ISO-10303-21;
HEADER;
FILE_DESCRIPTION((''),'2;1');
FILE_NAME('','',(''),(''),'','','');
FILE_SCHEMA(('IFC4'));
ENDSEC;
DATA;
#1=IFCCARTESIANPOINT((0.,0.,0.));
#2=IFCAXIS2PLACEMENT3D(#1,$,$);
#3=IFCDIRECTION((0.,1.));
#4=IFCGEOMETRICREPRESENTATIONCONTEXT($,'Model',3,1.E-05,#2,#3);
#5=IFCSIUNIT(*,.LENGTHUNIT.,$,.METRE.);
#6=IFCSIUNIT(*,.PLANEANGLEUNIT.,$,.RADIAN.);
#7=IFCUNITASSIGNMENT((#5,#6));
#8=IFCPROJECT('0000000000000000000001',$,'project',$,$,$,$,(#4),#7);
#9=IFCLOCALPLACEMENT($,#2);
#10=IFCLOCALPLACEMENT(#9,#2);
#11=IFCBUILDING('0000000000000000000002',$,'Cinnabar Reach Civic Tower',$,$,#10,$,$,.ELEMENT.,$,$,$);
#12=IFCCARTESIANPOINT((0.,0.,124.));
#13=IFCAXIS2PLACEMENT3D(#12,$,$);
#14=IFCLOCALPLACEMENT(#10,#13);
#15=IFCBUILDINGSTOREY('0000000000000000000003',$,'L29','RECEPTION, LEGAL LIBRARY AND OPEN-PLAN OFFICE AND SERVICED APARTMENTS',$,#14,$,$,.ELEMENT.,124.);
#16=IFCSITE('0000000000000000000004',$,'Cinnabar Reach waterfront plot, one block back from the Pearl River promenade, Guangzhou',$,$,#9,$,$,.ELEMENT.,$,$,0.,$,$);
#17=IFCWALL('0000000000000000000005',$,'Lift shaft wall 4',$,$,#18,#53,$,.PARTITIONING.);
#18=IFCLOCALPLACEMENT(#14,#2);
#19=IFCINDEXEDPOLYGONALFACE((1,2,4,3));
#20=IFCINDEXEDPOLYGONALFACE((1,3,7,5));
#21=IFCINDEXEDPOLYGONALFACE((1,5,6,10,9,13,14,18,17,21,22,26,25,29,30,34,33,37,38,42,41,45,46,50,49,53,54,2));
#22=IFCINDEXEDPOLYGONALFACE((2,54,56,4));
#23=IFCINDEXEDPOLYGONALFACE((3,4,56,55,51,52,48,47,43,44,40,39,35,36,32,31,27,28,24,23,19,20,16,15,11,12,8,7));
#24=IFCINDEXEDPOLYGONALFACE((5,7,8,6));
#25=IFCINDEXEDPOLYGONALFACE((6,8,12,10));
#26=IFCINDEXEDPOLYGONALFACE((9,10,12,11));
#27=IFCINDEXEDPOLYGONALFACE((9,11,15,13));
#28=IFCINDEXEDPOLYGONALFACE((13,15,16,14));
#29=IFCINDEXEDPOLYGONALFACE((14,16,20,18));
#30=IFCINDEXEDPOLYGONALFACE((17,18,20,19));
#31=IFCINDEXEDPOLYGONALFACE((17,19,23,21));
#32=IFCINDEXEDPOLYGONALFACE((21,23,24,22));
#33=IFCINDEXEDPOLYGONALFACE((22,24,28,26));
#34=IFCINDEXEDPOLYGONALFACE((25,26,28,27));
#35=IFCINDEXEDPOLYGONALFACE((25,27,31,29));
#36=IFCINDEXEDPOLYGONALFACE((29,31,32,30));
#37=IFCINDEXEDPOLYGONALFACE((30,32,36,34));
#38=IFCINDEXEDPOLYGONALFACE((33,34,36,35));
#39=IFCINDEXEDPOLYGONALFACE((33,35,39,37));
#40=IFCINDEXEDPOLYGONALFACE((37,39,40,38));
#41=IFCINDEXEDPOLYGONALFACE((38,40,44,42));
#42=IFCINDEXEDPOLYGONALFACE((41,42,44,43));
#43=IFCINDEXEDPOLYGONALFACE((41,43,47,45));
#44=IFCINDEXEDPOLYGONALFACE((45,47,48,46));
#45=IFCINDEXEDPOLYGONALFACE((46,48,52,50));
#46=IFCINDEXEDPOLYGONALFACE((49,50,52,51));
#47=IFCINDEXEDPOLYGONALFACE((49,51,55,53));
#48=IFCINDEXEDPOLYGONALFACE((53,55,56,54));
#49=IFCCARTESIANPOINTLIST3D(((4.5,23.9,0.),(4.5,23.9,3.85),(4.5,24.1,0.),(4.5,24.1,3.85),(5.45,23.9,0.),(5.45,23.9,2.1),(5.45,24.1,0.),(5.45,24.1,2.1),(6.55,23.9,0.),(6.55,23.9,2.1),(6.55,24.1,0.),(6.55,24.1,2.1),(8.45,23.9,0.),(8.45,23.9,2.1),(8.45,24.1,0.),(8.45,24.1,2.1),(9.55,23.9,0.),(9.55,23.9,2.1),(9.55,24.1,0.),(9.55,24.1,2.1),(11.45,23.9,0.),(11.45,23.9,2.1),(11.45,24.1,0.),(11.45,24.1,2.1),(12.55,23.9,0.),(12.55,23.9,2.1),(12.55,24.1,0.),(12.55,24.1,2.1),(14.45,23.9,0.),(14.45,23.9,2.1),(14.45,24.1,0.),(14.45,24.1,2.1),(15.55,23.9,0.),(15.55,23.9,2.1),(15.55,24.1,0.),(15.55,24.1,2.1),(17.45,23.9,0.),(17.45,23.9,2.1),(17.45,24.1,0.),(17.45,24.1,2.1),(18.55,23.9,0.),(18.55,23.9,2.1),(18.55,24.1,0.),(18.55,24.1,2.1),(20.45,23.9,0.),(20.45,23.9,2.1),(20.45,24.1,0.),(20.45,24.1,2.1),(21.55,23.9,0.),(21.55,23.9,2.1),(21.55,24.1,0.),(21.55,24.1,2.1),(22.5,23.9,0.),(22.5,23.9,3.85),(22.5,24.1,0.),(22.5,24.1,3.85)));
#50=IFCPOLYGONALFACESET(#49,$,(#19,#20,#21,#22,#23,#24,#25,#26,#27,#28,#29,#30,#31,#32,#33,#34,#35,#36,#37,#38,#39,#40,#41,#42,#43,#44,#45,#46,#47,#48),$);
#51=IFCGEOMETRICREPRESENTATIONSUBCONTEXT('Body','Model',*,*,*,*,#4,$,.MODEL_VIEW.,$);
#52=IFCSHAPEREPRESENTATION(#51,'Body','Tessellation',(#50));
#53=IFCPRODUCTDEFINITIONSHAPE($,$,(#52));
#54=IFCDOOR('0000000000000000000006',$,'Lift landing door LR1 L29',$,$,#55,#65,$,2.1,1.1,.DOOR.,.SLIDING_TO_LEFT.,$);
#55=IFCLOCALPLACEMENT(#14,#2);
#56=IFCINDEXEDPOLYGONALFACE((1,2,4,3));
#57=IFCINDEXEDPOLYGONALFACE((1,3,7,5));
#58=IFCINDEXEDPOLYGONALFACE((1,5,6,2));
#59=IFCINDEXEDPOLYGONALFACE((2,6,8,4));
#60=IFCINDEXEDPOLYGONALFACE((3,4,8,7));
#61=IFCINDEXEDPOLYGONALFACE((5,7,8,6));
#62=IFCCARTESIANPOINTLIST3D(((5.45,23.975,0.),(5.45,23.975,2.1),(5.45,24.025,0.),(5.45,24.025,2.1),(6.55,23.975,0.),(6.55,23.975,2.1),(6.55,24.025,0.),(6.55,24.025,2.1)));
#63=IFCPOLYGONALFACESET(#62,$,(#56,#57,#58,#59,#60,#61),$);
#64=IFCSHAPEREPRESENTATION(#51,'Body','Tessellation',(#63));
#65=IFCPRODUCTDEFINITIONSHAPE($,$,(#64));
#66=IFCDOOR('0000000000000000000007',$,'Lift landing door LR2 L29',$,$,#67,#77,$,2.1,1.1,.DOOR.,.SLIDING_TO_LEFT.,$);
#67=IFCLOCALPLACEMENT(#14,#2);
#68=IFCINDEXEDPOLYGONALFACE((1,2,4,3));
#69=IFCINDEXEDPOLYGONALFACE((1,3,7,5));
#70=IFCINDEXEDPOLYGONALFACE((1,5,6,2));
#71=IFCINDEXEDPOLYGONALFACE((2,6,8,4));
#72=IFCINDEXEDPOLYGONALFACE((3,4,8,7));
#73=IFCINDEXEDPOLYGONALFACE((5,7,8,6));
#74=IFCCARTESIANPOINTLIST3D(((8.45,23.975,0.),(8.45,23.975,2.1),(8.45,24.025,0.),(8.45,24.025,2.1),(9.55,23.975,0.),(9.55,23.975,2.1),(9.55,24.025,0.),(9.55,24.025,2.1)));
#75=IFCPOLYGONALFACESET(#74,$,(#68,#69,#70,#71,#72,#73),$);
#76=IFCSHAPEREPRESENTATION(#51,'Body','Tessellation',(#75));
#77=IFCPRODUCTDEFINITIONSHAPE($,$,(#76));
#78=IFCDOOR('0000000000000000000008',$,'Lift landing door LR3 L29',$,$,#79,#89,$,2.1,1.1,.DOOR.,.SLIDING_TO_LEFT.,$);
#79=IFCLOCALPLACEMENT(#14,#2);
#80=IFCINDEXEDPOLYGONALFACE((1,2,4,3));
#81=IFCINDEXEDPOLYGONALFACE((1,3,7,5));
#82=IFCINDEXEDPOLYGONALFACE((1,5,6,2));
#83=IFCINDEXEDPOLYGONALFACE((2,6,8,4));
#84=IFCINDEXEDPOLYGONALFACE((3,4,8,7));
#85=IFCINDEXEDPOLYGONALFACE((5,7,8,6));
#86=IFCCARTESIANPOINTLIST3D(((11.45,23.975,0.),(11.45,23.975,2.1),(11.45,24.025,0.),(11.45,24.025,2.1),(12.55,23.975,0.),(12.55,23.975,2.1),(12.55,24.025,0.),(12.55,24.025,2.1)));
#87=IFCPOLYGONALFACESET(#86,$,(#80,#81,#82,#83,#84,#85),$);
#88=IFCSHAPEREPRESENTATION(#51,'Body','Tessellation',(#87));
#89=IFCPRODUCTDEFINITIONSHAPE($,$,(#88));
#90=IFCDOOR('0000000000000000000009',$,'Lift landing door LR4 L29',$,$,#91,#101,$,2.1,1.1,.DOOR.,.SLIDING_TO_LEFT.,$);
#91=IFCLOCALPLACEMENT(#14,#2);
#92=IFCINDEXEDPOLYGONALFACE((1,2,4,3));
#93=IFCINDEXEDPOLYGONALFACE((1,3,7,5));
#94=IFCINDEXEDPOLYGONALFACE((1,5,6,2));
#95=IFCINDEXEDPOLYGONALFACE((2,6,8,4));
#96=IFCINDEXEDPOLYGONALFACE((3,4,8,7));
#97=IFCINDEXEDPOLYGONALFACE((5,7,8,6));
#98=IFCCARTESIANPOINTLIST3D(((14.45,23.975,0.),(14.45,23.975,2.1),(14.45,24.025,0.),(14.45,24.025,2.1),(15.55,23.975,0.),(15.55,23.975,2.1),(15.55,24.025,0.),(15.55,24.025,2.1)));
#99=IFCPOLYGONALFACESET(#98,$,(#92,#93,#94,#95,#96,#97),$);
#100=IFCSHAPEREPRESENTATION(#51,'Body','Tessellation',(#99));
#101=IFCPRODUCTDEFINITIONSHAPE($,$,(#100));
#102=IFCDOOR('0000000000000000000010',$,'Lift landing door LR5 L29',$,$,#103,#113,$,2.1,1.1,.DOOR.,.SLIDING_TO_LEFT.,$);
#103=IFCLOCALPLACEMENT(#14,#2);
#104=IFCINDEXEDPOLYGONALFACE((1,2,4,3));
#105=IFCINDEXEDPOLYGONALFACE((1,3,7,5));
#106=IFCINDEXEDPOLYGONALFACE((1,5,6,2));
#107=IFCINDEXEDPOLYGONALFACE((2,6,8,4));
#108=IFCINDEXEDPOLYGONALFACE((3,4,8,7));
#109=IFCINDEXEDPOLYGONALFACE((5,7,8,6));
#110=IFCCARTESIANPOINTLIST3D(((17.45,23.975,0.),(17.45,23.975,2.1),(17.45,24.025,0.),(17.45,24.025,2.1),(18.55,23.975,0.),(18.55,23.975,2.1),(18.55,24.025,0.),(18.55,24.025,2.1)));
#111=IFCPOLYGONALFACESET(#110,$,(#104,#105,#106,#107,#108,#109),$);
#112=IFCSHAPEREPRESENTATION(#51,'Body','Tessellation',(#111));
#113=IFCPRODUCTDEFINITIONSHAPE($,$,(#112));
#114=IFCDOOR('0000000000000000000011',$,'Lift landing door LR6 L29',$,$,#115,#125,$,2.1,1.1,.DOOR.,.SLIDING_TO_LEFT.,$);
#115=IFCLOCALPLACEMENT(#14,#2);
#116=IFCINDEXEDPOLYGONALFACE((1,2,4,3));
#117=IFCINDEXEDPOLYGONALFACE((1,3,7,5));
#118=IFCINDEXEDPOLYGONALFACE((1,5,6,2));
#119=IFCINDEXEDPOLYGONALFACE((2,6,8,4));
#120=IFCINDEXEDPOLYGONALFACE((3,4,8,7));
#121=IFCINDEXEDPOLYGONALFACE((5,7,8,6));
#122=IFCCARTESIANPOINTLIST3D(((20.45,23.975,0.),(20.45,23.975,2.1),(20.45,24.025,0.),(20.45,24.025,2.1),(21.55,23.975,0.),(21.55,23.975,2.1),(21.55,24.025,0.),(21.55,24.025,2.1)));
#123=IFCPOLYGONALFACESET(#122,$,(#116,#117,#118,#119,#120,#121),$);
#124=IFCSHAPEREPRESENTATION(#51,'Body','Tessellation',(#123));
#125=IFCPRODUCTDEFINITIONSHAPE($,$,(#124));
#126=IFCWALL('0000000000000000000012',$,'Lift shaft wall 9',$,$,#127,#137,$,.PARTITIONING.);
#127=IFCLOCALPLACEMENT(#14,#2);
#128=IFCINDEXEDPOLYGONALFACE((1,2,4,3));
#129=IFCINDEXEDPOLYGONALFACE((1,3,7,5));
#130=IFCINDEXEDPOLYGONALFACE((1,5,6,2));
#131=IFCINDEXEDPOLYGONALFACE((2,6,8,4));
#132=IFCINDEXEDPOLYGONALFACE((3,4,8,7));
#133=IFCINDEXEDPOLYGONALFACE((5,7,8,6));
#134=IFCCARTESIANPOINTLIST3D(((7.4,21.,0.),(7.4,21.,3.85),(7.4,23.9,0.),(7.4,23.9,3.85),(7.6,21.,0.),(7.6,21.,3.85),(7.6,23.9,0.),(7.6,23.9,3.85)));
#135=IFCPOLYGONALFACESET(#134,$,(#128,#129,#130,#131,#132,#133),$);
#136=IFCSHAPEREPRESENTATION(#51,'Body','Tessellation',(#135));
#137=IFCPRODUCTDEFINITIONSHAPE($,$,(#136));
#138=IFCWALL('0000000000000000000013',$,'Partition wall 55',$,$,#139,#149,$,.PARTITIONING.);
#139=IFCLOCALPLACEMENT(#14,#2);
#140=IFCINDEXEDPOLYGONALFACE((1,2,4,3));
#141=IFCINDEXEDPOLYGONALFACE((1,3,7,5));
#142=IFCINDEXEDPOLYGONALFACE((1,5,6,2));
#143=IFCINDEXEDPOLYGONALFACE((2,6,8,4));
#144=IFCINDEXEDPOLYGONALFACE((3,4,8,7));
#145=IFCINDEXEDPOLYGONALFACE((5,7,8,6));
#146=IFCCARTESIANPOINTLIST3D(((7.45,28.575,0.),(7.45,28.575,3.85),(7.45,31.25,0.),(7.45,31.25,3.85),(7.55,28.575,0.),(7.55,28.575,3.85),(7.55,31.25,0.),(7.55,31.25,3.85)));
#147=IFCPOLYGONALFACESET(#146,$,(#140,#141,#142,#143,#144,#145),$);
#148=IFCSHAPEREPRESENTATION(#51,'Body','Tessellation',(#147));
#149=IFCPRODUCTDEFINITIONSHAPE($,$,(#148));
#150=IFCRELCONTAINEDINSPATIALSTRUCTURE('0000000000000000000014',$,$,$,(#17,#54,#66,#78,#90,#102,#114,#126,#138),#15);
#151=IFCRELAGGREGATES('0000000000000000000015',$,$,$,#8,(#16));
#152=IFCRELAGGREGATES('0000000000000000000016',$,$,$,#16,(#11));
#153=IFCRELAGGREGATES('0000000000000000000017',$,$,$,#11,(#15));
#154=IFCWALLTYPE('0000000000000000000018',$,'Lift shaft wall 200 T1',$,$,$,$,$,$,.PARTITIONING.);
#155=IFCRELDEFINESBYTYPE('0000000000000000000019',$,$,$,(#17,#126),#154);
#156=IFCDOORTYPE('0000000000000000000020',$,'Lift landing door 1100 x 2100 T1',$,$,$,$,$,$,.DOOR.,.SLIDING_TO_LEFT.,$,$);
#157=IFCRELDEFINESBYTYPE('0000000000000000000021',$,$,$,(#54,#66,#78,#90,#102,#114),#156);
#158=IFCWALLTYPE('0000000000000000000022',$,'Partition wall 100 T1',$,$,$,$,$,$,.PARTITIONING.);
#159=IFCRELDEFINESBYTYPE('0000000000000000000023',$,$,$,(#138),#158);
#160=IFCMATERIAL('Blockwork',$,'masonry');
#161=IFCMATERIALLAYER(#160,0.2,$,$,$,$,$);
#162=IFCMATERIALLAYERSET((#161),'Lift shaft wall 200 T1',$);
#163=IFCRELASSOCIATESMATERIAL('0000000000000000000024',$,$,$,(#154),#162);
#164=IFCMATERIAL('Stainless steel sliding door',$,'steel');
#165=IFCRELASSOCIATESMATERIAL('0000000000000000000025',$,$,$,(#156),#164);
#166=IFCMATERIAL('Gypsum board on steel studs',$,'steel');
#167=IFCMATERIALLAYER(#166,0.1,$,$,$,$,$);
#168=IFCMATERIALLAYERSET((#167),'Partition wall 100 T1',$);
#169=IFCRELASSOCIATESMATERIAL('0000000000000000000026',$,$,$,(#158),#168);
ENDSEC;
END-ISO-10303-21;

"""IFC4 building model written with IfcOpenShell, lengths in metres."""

from ifc_helpers import new_model, si_unit, direction, frame, frame_2d, origin, place, context, subcontext, project, spatial, rectangle, extrude, material, layer, layer_set, type_object, element, fill, save


model = new_model("IFC4")

# Units and contexts
model_context = context("Model", 3, precision=1e-05, world=origin(), true_north=direction((0.0, 1.0)))
body_context = subcontext(model_context, "Body", "Model", "MODEL_VIEW")
ifc_project = project(units=[si_unit("LENGTHUNIT", "METRE"), si_unit("PLANEANGLEUNIT", "RADIAN")], contexts=[model_context])

# Site, building, storey
site_placement = place(None, origin())
site = spatial("IfcSite", under=ifc_project, at=site_placement, Name="Cinnabar Reach waterfront plot, one block back from the Pearl River promenade, Guangzhou", CompositionType="ELEMENT", RefElevation=0.0)
building_placement = place(site_placement, origin())
building = spatial("IfcBuilding", under=site, at=building_placement, Name="Cinnabar Reach Civic Tower", CompositionType="ELEMENT")
storey_placement = place(building_placement, frame((0.0, 0.0, 124.0)))
storey = spatial("IfcBuildingStorey", under=building, at=storey_placement, Name="L29", Description="RECEPTION, LEGAL LIBRARY AND OPEN-PLAN OFFICE AND SERVICED APARTMENTS", CompositionType="ELEMENT", Elevation=124.0)

# Wall, openings, doors
ifc_material_1 = material(Name="Blockwork", Category="masonry")
ifc_layer_1 = layer(ifc_material_1, 0.2)
ifc_layer_set_1 = layer_set([ifc_layer_1], Name="Lift shaft wall 200 T1")
wall_type_1 = type_object("IfcWallType", Name="Lift shaft wall 200 T1", PredefinedType="PARTITIONING", material=ifc_layer_set_1)
wall_1_placement = place(storey_placement, frame((4.5, 24.0, 0.0), z_axis=(0.0, 0.0, 1.0), x_axis=(1.0, 0.0, 0.0)))
wall_1 = element("IfcWall", 1, at=wall_1_placement, inside=storey, type_object=wall_type_1, Name="Lift shaft wall 4", PredefinedType="PARTITIONING", context=body_context, shape_type="SweptSolid", body=[
    extrude(rectangle(XDim=18.0, YDim=0.2, at=frame_2d((9.0, 0.0))), origin(), (0.0, 0.0, 1.0), 3.85),
])
opening_1_placement = place(wall_1_placement, frame((0.95, 0.0, 0.0)))
opening_1 = element("IfcOpeningElement", 2, at=opening_1_placement, cuts=wall_1, PredefinedType="OPENING", context=body_context, shape_type="SweptSolid", body=[
    extrude(rectangle(XDim=1.1, YDim=2.1, at=frame_2d((0.55, 1.05))), frame((0.0, 0.11, 0.0), z_axis=(0.0, -1.0, 0.0), x_axis=(1.0, 0.0, 0.0)), (0.0, 0.0, 1.0), 0.22),
])
opening_2_placement = place(wall_1_placement, frame((3.95, 0.0, 0.0)))
opening_2 = element("IfcOpeningElement", 3, at=opening_2_placement, cuts=wall_1, PredefinedType="OPENING", context=body_context, shape_type="SweptSolid", body=[
    extrude(rectangle(XDim=1.1, YDim=2.1, at=frame_2d((0.55, 1.05))), frame((0.0, 0.11, 0.0), z_axis=(0.0, -1.0, 0.0), x_axis=(1.0, 0.0, 0.0)), (0.0, 0.0, 1.0), 0.22),
])
opening_3_placement = place(wall_1_placement, frame((6.95, 0.0, 0.0)))
opening_3 = element("IfcOpeningElement", 4, at=opening_3_placement, cuts=wall_1, PredefinedType="OPENING", context=body_context, shape_type="SweptSolid", body=[
    extrude(rectangle(XDim=1.1, YDim=2.1, at=frame_2d((0.55, 1.05))), frame((0.0, 0.11, 0.0), z_axis=(0.0, -1.0, 0.0), x_axis=(1.0, 0.0, 0.0)), (0.0, 0.0, 1.0), 0.22),
])
opening_4_placement = place(wall_1_placement, frame((9.95, 0.0, 0.0)))
opening_4 = element("IfcOpeningElement", 5, at=opening_4_placement, cuts=wall_1, PredefinedType="OPENING", context=body_context, shape_type="SweptSolid", body=[
    extrude(rectangle(XDim=1.1, YDim=2.1, at=frame_2d((0.55, 1.05))), frame((0.0, 0.11, 0.0), z_axis=(0.0, -1.0, 0.0), x_axis=(1.0, 0.0, 0.0)), (0.0, 0.0, 1.0), 0.22),
])
opening_5_placement = place(wall_1_placement, frame((12.95, 0.0, 0.0)))
opening_5 = element("IfcOpeningElement", 6, at=opening_5_placement, cuts=wall_1, PredefinedType="OPENING", context=body_context, shape_type="SweptSolid", body=[
    extrude(rectangle(XDim=1.1, YDim=2.1, at=frame_2d((0.55, 1.05))), frame((0.0, 0.11, 0.0), z_axis=(0.0, -1.0, 0.0), x_axis=(1.0, 0.0, 0.0)), (0.0, 0.0, 1.0), 0.22),
])
opening_6_placement = place(wall_1_placement, frame((15.95, 0.0, 0.0)))
opening_6 = element("IfcOpeningElement", 7, at=opening_6_placement, cuts=wall_1, PredefinedType="OPENING", context=body_context, shape_type="SweptSolid", body=[
    extrude(rectangle(XDim=1.1, YDim=2.1, at=frame_2d((0.55, 1.05))), frame((0.0, 0.11, 0.0), z_axis=(0.0, -1.0, 0.0), x_axis=(1.0, 0.0, 0.0)), (0.0, 0.0, 1.0), 0.22),
])
ifc_material_2 = material(Name="Stainless steel sliding door", Category="steel")
door_type_1 = type_object("IfcDoorType", Name="Lift landing door 1100 x 2100 T1", OperationType="SLIDING_TO_LEFT", PredefinedType="DOOR", material=ifc_material_2)
door_1_placement = place(opening_1_placement, origin())
door_1 = element("IfcDoor", 8, at=door_1_placement, inside=storey, type_object=door_type_1, Name="Lift landing door LR1 L29", OperationType="SLIDING_TO_LEFT", OverallHeight=2.1, OverallWidth=1.1, PredefinedType="DOOR", context=body_context, shape_type="SweptSolid", body=[
    extrude(rectangle(XDim=1.1, YDim=2.1, at=frame_2d((0.55, 1.05))), frame((0.0, 0.025, 0.0), z_axis=(0.0, -1.0, 0.0), x_axis=(1.0, 0.0, 0.0)), (0.0, 0.0, 1.0), 0.05),
])
fill(opening_1, door_1)
door_2_placement = place(opening_2_placement, origin())
door_2 = element("IfcDoor", 9, at=door_2_placement, inside=storey, type_object=door_type_1, Name="Lift landing door LR2 L29", OperationType="SLIDING_TO_LEFT", OverallHeight=2.1, OverallWidth=1.1, PredefinedType="DOOR", context=body_context, shape_type="SweptSolid", body=[
    extrude(rectangle(XDim=1.1, YDim=2.1, at=frame_2d((0.55, 1.05))), frame((0.0, 0.025, 0.0), z_axis=(0.0, -1.0, 0.0), x_axis=(1.0, 0.0, 0.0)), (0.0, 0.0, 1.0), 0.05),
])
fill(opening_2, door_2)
door_3_placement = place(opening_3_placement, origin())
door_3 = element("IfcDoor", 10, at=door_3_placement, inside=storey, type_object=door_type_1, Name="Lift landing door LR3 L29", OperationType="SLIDING_TO_LEFT", OverallHeight=2.1, OverallWidth=1.1, PredefinedType="DOOR", context=body_context, shape_type="SweptSolid", body=[
    extrude(rectangle(XDim=1.1, YDim=2.1, at=frame_2d((0.55, 1.05))), frame((0.0, 0.025, 0.0), z_axis=(0.0, -1.0, 0.0), x_axis=(1.0, 0.0, 0.0)), (0.0, 0.0, 1.0), 0.05),
])
fill(opening_3, door_3)
door_4_placement = place(opening_4_placement, origin())
door_4 = element("IfcDoor", 11, at=door_4_placement, inside=storey, type_object=door_type_1, Name="Lift landing door LR4 L29", OperationType="SLIDING_TO_LEFT", OverallHeight=2.1, OverallWidth=1.1, PredefinedType="DOOR", context=body_context, shape_type="SweptSolid", body=[
    extrude(rectangle(XDim=1.1, YDim=2.1, at=frame_2d((0.55, 1.05))), frame((0.0, 0.025, 0.0), z_axis=(0.0, -1.0, 0.0), x_axis=(1.0, 0.0, 0.0)), (0.0, 0.0, 1.0), 0.05),
])
fill(opening_4, door_4)
door_5_placement = place(opening_5_placement, origin())
door_5 = element("IfcDoor", 12, at=door_5_placement, inside=storey, type_object=door_type_1, Name="Lift landing door LR5 L29", OperationType="SLIDING_TO_LEFT", OverallHeight=2.1, OverallWidth=1.1, PredefinedType="DOOR", context=body_context, shape_type="SweptSolid", body=[
    extrude(rectangle(XDim=1.1, YDim=2.1, at=frame_2d((0.55, 1.05))), frame((0.0, 0.025, 0.0), z_axis=(0.0, -1.0, 0.0), x_axis=(1.0, 0.0, 0.0)), (0.0, 0.0, 1.0), 0.05),
])
fill(opening_5, door_5)
door_6_placement = place(opening_6_placement, origin())
door_6 = element("IfcDoor", 13, at=door_6_placement, inside=storey, type_object=door_type_1, Name="Lift landing door LR6 L29", OperationType="SLIDING_TO_LEFT", OverallHeight=2.1, OverallWidth=1.1, PredefinedType="DOOR", context=body_context, shape_type="SweptSolid", body=[
    extrude(rectangle(XDim=1.1, YDim=2.1, at=frame_2d((0.55, 1.05))), frame((0.0, 0.025, 0.0), z_axis=(0.0, -1.0, 0.0), x_axis=(1.0, 0.0, 0.0)), (0.0, 0.0, 1.0), 0.05),
])
fill(opening_6, door_6)

# Walls
wall_2_placement = place(storey_placement, frame((7.5, 21.0, 0.0), z_axis=(0.0, 0.0, 1.0), x_axis=(0.0, 1.0, 0.0)))
element("IfcWall", 14, at=wall_2_placement, inside=storey, type_object=wall_type_1, Name="Lift shaft wall 9", PredefinedType="PARTITIONING", context=body_context, shape_type="SweptSolid", body=[
    extrude(rectangle(XDim=2.9, YDim=0.2, at=frame_2d((1.45, 0.0))), origin(), (0.0, 0.0, 1.0), 3.85),
])
ifc_material_3 = material(Name="Gypsum board on steel studs", Category="steel")
ifc_layer_2 = layer(ifc_material_3, 0.1)
ifc_layer_set_2 = layer_set([ifc_layer_2], Name="Partition wall 100 T1")
wall_type_2 = type_object("IfcWallType", Name="Partition wall 100 T1", PredefinedType="PARTITIONING", material=ifc_layer_set_2)
wall_3_placement = place(storey_placement, frame((7.5, 28.575, 0.0), z_axis=(0.0, 0.0, 1.0), x_axis=(0.0, 1.0, 0.0)))
element("IfcWall", 15, at=wall_3_placement, inside=storey, type_object=wall_type_2, Name="Partition wall 55", PredefinedType="PARTITIONING", context=body_context, shape_type="SweptSolid", body=[
    extrude(rectangle(XDim=2.675, YDim=0.1, at=frame_2d((1.3375, 0.0))), origin(), (0.0, 0.0, 1.0), 3.85),
])

save(model, "model.ifc")
